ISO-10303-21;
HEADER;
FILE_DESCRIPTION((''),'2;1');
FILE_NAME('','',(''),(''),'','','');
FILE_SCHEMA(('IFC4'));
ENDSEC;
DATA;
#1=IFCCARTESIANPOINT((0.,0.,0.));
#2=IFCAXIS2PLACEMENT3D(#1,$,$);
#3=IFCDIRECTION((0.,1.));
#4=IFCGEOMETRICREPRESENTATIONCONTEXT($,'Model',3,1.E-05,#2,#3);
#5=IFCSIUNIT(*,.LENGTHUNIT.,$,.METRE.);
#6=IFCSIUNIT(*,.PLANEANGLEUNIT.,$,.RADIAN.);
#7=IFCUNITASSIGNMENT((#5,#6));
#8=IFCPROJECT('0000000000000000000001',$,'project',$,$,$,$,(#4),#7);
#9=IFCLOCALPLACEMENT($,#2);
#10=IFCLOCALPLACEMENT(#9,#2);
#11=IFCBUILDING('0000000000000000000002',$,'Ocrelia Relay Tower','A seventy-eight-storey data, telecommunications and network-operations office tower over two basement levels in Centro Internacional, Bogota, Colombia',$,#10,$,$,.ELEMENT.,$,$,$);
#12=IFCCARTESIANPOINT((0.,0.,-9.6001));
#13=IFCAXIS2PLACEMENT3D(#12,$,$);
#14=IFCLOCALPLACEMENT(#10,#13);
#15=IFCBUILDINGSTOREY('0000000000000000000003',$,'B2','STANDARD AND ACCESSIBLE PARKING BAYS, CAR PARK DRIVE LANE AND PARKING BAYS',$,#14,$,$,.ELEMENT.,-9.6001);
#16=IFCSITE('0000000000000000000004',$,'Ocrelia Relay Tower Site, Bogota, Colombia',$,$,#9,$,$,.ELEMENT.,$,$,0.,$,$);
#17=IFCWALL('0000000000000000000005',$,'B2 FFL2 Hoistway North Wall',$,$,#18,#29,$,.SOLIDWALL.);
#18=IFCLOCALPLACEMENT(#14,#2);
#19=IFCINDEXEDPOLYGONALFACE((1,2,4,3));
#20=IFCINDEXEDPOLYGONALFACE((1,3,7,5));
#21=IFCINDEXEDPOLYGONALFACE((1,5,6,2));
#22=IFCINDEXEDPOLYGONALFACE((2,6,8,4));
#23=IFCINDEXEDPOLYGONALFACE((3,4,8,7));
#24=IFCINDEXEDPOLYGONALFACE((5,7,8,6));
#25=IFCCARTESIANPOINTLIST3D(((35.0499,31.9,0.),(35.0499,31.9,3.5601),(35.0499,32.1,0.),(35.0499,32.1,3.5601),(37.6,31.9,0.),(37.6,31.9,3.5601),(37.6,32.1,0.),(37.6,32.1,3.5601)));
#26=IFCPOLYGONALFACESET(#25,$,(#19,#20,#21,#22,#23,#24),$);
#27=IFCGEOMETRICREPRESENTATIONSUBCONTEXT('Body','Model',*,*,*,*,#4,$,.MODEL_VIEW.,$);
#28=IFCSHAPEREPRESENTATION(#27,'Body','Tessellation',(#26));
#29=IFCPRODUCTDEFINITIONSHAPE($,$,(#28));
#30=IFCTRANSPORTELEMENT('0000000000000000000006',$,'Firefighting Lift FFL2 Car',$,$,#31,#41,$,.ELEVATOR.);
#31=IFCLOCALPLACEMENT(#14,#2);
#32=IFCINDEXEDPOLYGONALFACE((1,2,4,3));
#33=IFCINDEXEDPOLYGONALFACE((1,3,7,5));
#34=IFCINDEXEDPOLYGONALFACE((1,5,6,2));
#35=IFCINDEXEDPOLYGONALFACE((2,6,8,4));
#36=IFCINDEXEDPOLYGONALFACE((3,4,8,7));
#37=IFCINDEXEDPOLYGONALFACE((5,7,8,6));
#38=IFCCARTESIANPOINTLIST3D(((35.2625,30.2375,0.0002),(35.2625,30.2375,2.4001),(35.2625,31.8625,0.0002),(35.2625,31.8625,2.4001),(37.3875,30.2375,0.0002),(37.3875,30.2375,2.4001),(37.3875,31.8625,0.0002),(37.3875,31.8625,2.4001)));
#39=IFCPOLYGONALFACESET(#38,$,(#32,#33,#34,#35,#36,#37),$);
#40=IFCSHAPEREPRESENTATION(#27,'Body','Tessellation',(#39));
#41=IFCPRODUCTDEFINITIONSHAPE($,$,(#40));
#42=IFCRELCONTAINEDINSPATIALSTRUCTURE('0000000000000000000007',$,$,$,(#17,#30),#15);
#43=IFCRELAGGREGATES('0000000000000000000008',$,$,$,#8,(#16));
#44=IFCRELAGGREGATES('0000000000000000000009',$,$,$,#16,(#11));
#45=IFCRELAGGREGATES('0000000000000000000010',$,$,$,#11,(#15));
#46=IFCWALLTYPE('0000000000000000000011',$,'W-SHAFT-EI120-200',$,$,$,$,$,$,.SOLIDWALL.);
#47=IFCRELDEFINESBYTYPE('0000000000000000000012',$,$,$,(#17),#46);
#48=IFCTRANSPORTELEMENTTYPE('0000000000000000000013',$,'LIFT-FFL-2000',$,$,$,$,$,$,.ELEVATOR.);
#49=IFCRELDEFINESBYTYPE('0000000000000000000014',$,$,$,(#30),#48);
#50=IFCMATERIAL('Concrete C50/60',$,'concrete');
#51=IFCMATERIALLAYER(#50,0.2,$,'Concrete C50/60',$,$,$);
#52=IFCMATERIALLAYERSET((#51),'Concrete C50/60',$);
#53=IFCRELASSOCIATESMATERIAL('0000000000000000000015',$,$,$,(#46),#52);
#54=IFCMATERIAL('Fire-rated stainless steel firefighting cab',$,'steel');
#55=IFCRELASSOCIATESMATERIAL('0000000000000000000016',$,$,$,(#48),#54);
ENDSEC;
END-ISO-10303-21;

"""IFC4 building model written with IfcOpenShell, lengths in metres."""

from ifc_helpers import new_model, si_unit, direction, frame, frame_2d, origin, origin_2d, place, context, subcontext, project, spatial, rectangle, extrude, material, layer, layer_set, type_object, element, save


model = new_model("IFC4")

# Units and contexts
model_context = context("Model", 3, precision=1e-05, world=origin(), true_north=direction((0.0, 1.0)))
body_context = subcontext(model_context, "Body", "Model", "MODEL_VIEW")
ifc_project = project(units=[si_unit("LENGTHUNIT", "METRE"), si_unit("PLANEANGLEUNIT", "RADIAN")], contexts=[model_context])

# Site, building, storey
site_placement = place(None, origin())
site = spatial("IfcSite", under=ifc_project, at=site_placement, Name="Ocrelia Relay Tower Site, Bogota, Colombia", CompositionType="ELEMENT", RefElevation=0.0)
building_placement = place(site_placement, origin())
building = spatial("IfcBuilding", under=site, at=building_placement, Name="Ocrelia Relay Tower", Description="A seventy-eight-storey data, telecommunications and network-operations office tower over two basement levels in Centro Internacional, Bogota, Colombia", CompositionType="ELEMENT")
storey_placement = place(building_placement, frame((0.0, 0.0, -9.6001)))
storey = spatial("IfcBuildingStorey", under=building, at=storey_placement, Name="B2", Description="STANDARD AND ACCESSIBLE PARKING BAYS, CAR PARK DRIVE LANE AND PARKING BAYS", CompositionType="ELEMENT", Elevation=-9.6001)

# Shared definitions
ifc_material_1 = material(Name="Concrete C50/60", Category="concrete")

# Wall
ifc_layer_1 = layer(ifc_material_1, 0.2, Name="Concrete C50/60")
ifc_layer_set_1 = layer_set([ifc_layer_1], Name="Concrete C50/60")
wall_type_1 = type_object("IfcWallType", Name="W-SHAFT-EI120-200", PredefinedType="SOLIDWALL", material=ifc_layer_set_1)
wall_1_placement = place(storey_placement, frame((35.05, 32.0, 0.0), z_axis=(0.0, 0.0, 1.0), x_axis=(1.0, 0.0, 0.0)))
element("IfcWall", 1, at=wall_1_placement, inside=storey, type_object=wall_type_1, Name="B2 FFL2 Hoistway North Wall", PredefinedType="SOLIDWALL", context=body_context, shape_type="SweptSolid", body=[
    extrude(rectangle(XDim=2.55, YDim=0.2, at=frame_2d((1.2749, 0.0))), origin(), (0.0, 0.0, 1.0), 3.5601),
])

# Transport element
ifc_material_2 = material(Name="Fire-rated stainless steel firefighting cab", Category="steel")
transport_element_type = type_object("IfcTransportElementType", Name="LIFT-FFL-2000", PredefinedType="ELEVATOR", material=ifc_material_2)
transport_element_placement = place(storey_placement, frame((36.325, 31.05, 0.0002), z_axis=(0.0, 0.0, 1.0), x_axis=(1.0, 0.0, 0.0)))
element("IfcTransportElement", 2, at=transport_element_placement, inside=storey, type_object=transport_element_type, Name="Firefighting Lift FFL2 Car", PredefinedType="ELEVATOR", context=body_context, shape_type="SweptSolid", body=[
    extrude(rectangle(XDim=2.125, YDim=1.625, at=origin_2d()), origin(), (0.0, 0.0, 1.0), 2.3999),
])

save(model, "model.ifc")
